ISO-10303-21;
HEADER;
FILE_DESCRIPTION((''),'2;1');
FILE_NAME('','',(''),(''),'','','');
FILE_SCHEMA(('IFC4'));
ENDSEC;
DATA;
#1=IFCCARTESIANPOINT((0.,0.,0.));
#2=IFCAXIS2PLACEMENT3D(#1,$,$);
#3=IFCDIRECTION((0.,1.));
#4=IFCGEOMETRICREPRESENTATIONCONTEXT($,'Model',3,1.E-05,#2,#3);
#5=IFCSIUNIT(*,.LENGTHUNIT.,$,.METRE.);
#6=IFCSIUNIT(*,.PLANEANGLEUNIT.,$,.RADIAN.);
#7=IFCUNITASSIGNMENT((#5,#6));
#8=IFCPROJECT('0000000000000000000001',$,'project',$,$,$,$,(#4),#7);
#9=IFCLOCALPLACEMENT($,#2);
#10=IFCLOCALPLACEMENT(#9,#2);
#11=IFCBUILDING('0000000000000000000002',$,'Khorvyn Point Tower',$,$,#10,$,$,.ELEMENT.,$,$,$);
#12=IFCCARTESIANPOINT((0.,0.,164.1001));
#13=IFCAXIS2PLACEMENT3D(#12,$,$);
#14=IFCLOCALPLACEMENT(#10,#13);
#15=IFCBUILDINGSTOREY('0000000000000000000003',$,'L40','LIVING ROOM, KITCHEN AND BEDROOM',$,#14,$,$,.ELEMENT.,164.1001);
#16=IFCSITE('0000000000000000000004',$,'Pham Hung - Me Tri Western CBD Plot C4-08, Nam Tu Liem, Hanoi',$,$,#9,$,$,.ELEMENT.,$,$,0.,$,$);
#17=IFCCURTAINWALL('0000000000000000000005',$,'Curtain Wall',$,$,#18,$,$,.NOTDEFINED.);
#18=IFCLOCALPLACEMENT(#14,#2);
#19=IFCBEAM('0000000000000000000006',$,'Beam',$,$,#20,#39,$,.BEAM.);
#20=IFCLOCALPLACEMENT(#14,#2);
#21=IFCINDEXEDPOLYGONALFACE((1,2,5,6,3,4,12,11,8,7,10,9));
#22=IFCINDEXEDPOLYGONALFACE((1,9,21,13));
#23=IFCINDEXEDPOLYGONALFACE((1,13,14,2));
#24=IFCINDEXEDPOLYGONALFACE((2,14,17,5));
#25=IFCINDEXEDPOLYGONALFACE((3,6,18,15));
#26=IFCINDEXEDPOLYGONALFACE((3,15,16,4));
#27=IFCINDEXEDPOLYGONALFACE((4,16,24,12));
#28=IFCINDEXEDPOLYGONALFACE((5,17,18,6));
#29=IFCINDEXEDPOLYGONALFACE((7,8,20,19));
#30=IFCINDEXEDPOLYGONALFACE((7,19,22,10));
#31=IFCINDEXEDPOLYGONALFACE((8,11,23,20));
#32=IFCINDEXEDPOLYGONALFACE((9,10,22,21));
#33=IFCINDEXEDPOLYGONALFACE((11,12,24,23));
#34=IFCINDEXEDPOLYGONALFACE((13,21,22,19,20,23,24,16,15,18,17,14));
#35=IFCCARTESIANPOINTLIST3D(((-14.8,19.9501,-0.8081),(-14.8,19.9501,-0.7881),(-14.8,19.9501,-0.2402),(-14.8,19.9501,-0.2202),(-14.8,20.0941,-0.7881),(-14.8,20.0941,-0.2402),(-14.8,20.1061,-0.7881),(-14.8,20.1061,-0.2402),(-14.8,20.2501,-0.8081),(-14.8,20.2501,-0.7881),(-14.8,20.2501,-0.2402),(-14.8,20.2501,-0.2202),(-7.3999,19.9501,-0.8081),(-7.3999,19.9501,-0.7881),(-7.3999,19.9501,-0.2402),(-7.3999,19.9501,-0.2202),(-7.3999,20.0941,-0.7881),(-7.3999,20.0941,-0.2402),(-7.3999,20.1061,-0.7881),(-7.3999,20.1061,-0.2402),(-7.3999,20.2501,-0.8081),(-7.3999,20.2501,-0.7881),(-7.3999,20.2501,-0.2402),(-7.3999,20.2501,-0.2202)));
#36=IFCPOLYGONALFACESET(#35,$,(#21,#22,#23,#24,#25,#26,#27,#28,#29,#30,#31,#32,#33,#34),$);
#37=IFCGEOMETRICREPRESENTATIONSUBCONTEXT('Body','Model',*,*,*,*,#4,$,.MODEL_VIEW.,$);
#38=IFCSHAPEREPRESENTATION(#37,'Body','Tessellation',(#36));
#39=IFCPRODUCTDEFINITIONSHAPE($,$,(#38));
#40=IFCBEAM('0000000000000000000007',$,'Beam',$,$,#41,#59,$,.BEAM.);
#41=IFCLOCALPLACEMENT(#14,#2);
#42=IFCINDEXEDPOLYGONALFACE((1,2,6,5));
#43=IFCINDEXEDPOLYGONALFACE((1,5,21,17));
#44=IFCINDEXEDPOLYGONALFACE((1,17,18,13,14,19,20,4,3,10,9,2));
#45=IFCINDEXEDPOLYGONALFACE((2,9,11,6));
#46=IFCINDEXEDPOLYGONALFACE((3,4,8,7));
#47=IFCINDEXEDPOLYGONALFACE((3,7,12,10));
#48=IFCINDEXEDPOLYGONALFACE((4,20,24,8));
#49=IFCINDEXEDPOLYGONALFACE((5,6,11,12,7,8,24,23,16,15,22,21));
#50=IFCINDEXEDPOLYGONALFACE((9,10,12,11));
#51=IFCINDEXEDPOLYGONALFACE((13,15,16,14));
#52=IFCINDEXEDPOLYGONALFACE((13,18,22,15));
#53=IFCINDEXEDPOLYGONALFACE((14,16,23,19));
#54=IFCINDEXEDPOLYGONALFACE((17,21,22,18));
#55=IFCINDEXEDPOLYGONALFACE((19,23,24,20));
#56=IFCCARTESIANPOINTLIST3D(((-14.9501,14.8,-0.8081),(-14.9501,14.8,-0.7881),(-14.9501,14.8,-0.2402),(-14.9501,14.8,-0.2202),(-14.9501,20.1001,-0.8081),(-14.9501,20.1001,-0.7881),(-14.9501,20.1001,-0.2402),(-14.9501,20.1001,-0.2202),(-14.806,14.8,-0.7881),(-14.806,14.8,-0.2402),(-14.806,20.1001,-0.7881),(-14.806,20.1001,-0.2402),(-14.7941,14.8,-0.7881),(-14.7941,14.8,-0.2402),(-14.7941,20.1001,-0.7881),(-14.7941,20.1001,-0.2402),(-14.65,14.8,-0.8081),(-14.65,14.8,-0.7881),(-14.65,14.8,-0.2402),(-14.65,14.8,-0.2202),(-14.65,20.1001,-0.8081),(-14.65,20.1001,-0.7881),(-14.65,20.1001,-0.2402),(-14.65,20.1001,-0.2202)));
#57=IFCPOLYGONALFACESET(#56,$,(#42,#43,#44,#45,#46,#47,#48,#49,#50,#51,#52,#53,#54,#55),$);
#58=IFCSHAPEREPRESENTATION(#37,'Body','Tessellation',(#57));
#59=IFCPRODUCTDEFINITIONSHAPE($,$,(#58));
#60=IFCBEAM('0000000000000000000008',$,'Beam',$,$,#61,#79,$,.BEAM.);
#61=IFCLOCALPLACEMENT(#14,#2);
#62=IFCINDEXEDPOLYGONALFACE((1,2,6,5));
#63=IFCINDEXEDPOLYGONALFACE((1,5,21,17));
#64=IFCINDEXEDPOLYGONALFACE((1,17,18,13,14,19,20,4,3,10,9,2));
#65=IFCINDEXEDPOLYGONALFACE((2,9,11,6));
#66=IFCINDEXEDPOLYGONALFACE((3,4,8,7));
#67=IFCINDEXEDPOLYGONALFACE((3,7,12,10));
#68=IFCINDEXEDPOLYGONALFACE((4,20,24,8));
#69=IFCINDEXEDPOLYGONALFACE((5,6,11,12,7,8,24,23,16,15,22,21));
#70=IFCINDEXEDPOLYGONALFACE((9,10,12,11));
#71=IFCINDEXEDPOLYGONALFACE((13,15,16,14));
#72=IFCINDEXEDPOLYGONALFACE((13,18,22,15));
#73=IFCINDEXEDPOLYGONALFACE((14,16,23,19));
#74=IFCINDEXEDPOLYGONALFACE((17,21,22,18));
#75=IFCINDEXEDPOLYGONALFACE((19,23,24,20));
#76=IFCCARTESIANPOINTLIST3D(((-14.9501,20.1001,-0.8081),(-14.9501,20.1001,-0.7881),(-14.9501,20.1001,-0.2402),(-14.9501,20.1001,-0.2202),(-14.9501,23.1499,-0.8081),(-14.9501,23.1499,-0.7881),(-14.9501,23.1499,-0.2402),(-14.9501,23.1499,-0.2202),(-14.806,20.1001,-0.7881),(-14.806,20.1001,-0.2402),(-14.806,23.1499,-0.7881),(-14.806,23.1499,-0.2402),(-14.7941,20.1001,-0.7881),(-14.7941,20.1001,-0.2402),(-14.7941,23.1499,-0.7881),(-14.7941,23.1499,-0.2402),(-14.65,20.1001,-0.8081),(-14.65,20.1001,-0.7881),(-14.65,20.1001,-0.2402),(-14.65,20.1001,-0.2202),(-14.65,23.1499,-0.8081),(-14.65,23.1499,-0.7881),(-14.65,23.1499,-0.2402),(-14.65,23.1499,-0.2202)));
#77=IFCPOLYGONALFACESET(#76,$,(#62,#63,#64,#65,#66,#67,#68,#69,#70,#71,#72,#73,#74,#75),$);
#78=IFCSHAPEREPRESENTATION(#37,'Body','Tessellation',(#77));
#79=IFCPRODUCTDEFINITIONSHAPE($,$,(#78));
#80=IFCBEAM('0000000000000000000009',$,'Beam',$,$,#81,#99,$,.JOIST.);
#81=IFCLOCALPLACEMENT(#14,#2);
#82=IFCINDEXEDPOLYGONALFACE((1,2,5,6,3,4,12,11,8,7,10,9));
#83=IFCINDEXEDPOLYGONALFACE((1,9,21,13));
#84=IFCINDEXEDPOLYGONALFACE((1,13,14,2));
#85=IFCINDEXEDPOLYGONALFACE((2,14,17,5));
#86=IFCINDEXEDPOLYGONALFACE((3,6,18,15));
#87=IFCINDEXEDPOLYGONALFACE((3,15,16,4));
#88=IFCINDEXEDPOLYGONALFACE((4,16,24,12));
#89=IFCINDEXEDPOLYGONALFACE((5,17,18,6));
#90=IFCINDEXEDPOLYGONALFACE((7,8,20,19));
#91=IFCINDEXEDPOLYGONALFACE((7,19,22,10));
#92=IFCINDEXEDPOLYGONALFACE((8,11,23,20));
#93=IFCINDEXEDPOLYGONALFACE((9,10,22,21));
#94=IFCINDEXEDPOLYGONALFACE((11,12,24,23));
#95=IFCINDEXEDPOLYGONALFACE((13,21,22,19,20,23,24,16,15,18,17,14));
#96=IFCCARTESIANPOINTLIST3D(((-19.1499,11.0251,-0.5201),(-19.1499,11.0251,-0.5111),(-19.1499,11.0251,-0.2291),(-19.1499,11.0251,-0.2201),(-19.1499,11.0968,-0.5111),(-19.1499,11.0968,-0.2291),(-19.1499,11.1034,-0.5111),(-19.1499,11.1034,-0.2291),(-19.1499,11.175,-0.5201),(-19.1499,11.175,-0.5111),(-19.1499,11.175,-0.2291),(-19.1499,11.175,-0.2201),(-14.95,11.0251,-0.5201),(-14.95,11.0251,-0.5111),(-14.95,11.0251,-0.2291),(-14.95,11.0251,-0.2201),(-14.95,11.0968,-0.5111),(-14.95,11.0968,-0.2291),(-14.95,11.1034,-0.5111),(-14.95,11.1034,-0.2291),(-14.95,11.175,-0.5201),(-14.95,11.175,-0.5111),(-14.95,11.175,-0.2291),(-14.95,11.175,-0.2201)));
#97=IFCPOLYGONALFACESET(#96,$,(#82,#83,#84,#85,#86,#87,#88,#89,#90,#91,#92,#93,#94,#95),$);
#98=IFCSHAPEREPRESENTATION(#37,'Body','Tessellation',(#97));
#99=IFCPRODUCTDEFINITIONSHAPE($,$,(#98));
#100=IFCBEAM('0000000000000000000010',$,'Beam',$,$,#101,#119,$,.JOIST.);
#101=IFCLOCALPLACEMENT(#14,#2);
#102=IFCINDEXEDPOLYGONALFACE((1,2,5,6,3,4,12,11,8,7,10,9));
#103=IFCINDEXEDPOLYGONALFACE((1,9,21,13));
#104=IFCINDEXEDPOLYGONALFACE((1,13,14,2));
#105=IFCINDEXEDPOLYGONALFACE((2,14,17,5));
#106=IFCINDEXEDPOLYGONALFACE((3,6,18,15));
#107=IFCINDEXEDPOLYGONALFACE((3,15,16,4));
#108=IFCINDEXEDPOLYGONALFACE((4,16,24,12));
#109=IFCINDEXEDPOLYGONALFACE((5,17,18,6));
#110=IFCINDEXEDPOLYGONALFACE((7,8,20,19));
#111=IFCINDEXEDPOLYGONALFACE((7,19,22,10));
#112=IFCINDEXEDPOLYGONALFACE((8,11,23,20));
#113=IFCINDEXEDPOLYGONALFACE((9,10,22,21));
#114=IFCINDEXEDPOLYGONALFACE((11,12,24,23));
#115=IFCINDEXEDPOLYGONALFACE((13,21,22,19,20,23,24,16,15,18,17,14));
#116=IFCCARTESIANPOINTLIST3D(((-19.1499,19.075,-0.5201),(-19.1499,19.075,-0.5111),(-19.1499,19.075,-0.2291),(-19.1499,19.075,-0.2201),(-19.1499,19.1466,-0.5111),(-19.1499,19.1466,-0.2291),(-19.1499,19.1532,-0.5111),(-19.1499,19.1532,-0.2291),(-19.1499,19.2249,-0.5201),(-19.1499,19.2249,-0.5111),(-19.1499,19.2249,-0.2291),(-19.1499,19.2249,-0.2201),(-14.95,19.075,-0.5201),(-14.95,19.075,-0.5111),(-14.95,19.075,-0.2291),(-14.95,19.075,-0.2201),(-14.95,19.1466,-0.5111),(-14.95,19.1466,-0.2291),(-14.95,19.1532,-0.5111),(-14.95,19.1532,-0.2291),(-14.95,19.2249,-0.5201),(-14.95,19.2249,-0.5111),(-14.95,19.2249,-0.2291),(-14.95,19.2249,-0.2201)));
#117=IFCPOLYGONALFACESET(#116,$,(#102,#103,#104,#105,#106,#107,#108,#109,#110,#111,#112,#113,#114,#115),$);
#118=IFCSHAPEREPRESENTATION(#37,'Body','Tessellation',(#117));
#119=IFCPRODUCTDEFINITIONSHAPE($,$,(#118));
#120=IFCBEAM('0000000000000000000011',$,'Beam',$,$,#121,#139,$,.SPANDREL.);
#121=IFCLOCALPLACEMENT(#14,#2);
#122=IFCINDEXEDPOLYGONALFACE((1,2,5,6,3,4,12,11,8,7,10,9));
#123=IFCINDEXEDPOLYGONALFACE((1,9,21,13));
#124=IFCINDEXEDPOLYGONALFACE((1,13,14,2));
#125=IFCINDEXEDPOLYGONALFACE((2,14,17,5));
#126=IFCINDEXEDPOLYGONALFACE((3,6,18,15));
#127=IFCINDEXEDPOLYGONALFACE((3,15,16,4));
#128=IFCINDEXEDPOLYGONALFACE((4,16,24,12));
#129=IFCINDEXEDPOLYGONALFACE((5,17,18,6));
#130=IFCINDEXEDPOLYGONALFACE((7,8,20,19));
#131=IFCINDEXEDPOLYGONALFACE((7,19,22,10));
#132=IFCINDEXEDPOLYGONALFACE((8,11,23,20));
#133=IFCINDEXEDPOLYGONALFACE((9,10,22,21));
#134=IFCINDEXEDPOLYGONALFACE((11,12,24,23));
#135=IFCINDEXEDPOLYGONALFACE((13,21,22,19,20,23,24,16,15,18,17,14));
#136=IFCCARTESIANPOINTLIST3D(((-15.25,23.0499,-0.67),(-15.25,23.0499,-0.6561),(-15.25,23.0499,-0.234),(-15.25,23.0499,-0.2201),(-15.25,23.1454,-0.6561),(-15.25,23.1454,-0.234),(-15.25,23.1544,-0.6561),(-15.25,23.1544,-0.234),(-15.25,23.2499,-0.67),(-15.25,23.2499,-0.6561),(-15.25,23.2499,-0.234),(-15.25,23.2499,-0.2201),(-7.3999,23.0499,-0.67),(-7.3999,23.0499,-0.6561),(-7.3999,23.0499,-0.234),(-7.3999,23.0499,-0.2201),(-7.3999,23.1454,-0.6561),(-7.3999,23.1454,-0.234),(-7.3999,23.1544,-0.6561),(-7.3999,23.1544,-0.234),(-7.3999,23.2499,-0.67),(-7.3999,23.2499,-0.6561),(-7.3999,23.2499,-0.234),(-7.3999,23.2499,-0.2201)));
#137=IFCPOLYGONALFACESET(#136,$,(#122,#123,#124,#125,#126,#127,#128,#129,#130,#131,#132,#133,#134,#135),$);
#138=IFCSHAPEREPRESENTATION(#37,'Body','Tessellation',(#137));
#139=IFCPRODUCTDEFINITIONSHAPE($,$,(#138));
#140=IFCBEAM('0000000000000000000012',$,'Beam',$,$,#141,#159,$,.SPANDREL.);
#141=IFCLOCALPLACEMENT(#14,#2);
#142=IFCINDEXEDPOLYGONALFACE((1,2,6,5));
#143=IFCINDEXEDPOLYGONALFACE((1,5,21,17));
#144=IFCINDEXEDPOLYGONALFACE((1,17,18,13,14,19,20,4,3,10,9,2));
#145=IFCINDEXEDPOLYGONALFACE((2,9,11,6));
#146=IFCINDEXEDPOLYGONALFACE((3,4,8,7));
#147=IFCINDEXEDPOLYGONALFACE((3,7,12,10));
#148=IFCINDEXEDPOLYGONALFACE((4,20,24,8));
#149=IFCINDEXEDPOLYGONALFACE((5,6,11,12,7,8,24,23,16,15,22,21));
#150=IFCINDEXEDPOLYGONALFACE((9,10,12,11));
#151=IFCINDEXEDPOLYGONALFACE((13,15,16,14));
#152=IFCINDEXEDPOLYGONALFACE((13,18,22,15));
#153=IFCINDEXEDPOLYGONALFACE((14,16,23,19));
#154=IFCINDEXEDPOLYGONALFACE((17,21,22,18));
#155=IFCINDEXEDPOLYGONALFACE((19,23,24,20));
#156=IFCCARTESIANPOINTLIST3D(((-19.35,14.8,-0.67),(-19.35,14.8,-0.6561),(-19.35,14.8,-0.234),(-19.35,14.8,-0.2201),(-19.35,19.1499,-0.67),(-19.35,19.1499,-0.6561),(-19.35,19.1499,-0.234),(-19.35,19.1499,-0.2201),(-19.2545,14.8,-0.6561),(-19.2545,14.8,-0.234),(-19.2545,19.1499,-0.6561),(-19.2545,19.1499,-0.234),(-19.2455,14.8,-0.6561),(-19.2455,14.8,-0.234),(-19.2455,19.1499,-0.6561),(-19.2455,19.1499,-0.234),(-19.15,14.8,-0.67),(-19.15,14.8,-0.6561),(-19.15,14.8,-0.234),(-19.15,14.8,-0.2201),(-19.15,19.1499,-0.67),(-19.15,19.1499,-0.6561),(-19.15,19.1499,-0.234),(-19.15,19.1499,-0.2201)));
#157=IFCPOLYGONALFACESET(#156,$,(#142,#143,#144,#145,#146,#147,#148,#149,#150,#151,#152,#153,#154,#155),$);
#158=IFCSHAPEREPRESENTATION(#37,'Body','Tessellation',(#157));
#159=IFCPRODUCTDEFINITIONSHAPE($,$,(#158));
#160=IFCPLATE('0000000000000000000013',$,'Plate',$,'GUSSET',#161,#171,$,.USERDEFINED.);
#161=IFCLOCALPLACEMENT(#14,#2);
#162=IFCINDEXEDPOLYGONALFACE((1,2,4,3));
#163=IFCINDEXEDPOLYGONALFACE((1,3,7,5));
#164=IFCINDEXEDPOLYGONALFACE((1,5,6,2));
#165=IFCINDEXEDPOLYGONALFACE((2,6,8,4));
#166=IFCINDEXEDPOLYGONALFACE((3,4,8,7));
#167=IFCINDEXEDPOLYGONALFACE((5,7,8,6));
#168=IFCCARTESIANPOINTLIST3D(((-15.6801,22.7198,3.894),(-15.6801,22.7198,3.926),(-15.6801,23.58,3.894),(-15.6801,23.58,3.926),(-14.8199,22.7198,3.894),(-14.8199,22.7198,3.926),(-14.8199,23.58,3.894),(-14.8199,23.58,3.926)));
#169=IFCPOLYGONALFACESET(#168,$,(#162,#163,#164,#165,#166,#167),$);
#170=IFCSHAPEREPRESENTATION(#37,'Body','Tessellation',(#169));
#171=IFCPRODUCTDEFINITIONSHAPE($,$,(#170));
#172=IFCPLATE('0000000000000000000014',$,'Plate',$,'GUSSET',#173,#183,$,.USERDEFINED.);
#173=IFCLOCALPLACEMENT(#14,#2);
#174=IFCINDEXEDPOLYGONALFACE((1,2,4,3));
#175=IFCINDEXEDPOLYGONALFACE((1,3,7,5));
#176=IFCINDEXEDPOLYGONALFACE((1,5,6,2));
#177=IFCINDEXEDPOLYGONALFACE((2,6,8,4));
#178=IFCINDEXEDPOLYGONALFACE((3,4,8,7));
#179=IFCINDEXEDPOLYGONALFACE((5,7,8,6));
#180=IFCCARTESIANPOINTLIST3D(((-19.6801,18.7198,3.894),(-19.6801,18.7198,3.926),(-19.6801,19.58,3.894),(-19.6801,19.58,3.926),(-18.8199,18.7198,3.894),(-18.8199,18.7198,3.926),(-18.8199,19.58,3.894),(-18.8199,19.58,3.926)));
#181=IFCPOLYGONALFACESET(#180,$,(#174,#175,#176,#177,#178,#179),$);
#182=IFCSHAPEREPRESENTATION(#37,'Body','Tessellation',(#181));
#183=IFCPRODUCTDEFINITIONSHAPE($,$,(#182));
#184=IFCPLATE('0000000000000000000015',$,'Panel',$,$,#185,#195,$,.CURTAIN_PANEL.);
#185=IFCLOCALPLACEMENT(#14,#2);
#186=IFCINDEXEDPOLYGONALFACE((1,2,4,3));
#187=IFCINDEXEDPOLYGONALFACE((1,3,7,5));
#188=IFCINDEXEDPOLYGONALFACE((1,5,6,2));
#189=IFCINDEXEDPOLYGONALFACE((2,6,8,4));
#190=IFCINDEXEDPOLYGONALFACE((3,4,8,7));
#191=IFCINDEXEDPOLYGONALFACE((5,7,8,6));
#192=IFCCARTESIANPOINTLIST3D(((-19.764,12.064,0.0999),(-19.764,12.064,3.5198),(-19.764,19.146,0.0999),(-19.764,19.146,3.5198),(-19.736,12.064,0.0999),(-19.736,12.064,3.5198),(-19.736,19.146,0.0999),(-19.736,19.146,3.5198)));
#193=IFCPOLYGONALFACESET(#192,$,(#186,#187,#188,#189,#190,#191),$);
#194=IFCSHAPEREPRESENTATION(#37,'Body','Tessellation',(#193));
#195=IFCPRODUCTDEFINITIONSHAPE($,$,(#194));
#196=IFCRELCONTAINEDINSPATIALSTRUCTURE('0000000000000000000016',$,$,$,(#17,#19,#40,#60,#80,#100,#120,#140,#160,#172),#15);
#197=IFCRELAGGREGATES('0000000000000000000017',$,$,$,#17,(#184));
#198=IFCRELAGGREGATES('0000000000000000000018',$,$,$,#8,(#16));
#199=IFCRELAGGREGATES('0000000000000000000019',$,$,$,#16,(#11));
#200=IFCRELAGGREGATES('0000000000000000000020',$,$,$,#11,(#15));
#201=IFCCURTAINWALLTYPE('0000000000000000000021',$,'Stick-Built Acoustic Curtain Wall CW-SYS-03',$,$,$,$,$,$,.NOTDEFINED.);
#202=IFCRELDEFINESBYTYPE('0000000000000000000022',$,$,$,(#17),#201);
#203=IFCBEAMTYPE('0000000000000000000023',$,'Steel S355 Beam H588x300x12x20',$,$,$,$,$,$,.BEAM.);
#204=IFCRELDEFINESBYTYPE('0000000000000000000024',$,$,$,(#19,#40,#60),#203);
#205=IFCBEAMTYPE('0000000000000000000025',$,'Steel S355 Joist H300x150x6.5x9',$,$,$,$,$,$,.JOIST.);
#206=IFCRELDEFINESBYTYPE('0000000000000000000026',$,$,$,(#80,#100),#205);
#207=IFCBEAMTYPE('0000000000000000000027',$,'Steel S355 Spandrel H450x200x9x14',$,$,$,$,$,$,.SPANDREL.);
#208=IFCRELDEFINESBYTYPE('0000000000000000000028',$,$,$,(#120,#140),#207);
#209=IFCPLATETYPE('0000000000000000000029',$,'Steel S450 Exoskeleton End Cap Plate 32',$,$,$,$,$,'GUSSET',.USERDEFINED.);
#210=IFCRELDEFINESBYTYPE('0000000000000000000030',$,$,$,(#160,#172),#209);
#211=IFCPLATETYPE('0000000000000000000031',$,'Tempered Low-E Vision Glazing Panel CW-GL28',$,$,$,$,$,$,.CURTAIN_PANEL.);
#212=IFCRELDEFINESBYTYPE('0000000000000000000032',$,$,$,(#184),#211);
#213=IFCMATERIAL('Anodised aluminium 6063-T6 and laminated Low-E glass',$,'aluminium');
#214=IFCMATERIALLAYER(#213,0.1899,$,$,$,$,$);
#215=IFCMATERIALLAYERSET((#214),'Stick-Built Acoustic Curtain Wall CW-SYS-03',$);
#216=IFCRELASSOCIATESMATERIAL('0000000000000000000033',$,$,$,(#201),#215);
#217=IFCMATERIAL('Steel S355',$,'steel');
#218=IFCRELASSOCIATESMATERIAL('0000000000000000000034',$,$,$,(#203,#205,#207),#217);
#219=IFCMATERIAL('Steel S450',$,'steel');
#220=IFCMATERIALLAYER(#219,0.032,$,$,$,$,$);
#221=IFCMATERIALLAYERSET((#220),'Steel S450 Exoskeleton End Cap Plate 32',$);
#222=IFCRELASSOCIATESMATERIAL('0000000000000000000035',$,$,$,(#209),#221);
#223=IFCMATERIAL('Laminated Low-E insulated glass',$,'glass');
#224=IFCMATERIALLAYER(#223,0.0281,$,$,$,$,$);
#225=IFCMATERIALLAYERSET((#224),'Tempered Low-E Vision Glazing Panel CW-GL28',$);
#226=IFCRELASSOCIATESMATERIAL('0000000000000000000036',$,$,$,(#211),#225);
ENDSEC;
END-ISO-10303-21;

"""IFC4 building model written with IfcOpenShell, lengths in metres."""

from ifc_helpers import new_model, si_unit, direction, frame, origin, origin_2d, place, context, subcontext, project, spatial, rectangle, i_section, extrude, material, layer, layer_set, material_profile, profile_set, type_object, element, aggregate, save


model = new_model("IFC4")

# Units and contexts
model_context = context("Model", 3, precision=1e-05, world=origin(), true_north=direction((0.0, 1.0)))
body_context = subcontext(model_context, "Body", "Model", "MODEL_VIEW")
ifc_project = project(units=[si_unit("LENGTHUNIT", "METRE"), si_unit("PLANEANGLEUNIT", "RADIAN")], contexts=[model_context])

# Site, building, storey
site_placement = place(None, origin())
site = spatial("IfcSite", under=ifc_project, at=site_placement, Name="Pham Hung - Me Tri Western CBD Plot C4-08, Nam Tu Liem, Hanoi", CompositionType="ELEMENT", RefElevation=0.0)
building_placement = place(site_placement, origin())
building = spatial("IfcBuilding", under=site, at=building_placement, Name="Khorvyn Point Tower", CompositionType="ELEMENT")
storey_placement = place(building_placement, frame((0.0, 0.0, 164.1001)))
storey = spatial("IfcBuildingStorey", under=building, at=storey_placement, Name="L40", Description="LIVING ROOM, KITCHEN AND BEDROOM", CompositionType="ELEMENT", Elevation=164.1001)

# Shared definitions
ifc_material_1 = material(Name="Steel S450", Category="steel")

# Curtain wall
ifc_material_2 = material(Name="Anodised aluminium 6063-T6 and laminated Low-E glass", Category="aluminium")
ifc_layer_1 = layer(ifc_material_2, 0.1899)
ifc_layer_set_1 = layer_set([ifc_layer_1], Name="Stick-Built Acoustic Curtain Wall CW-SYS-03")
curtain_wall_type = type_object("IfcCurtainWallType", Name="Stick-Built Acoustic Curtain Wall CW-SYS-03", PredefinedType="NOTDEFINED", material=ifc_layer_set_1)
curtain_wall_1_placement = place(storey_placement, origin())
curtain_wall_1 = element("IfcCurtainWall", 1, at=curtain_wall_1_placement, inside=storey, type_object=curtain_wall_type, Name="Curtain Wall", PredefinedType="NOTDEFINED")

# Beams
ifc_material_3 = material(Name="Steel S355", Category="steel")
ifc_material_profile_1 = material_profile(ifc_material_3, i_section(OverallWidth=0.3, OverallDepth=0.5879, WebThickness=0.012, FlangeThickness=0.02, at=origin_2d()))
ifc_profile_set_1 = profile_set([ifc_material_profile_1], Name="Steel S355 H588x300x12x20")
beam_type_1 = type_object("IfcBeamType", Name="Steel S355 Beam H588x300x12x20", PredefinedType="BEAM", material=ifc_profile_set_1)
for number, where, z_axis, x_axis, name in (
    (2, (-14.8, 20.1001, -0.5142), (1.0, 0.0, 0.0), (0.0, 1.0, 0.0), "Beam"),
):
    element("IfcBeam", number, at=place(storey_placement, frame(where, z_axis=z_axis, x_axis=x_axis)), inside=storey, type_object=beam_type_1, Name=name, PredefinedType="BEAM", context=body_context, shape_type="SweptSolid", body=[
        extrude(i_section(OverallWidth=0.3, OverallDepth=0.5879, WebThickness=0.012, FlangeThickness=0.02, at=origin_2d()), origin(), (0.0, 0.0, 1.0), 7.4001),
    ])
beam_1_placement = place(storey_placement, frame((-14.8, 14.8, -0.5142), z_axis=(0.0, 1.0, 0.0), x_axis=(-1.0, 0.0, 0.0)))
element("IfcBeam", 3, at=beam_1_placement, inside=storey, type_object=beam_type_1, Name="Beam", PredefinedType="BEAM", context=body_context, shape_type="SweptSolid", body=[
    extrude(i_section(OverallWidth=0.3, OverallDepth=0.5879, WebThickness=0.012, FlangeThickness=0.02, at=origin_2d()), origin(), (0.0, 0.0, 1.0), 5.3),
])
beam_2_placement = place(storey_placement, frame((-14.8, 20.1001, -0.5142), z_axis=(0.0, 1.0, 0.0), x_axis=(-1.0, 0.0, 0.0)))
element("IfcBeam", 4, at=beam_2_placement, inside=storey, type_object=beam_type_1, Name="Beam", PredefinedType="BEAM", context=body_context, shape_type="SweptSolid", body=[
    extrude(i_section(OverallWidth=0.3, OverallDepth=0.5879, WebThickness=0.012, FlangeThickness=0.02, at=origin_2d()), origin(), (0.0, 0.0, 1.0), 3.0498),
])
ifc_material_profile_2 = material_profile(ifc_material_3, i_section(OverallWidth=0.1499, OverallDepth=0.3, WebThickness=0.0066, FlangeThickness=0.009, at=origin_2d()))
ifc_profile_set_2 = profile_set([ifc_material_profile_2], Name="Steel S355 H300x150x6.5x9")
beam_type_2 = type_object("IfcBeamType", Name="Steel S355 Joist H300x150x6.5x9", PredefinedType="JOIST", material=ifc_profile_set_2)
for number, where, z_axis, x_axis, name in (
    (5, (-19.1499, 11.1001, -0.3701), (1.0, 0.0, 0.0), (0.0, 1.0, 0.0), "Beam"),
    (6, (-19.1499, 19.1499, -0.3701), (1.0, 0.0, 0.0), (0.0, 1.0, 0.0), "Beam"),
):
    element("IfcBeam", number, at=place(storey_placement, frame(where, z_axis=z_axis, x_axis=x_axis)), inside=storey, type_object=beam_type_2, Name=name, PredefinedType="JOIST", context=body_context, shape_type="SweptSolid", body=[
        extrude(i_section(OverallWidth=0.1499, OverallDepth=0.3, WebThickness=0.0066, FlangeThickness=0.009, at=origin_2d()), origin(), (0.0, 0.0, 1.0), 4.2),
    ])
ifc_material_profile_3 = material_profile(ifc_material_3, i_section(OverallWidth=0.2, OverallDepth=0.45, WebThickness=0.009, FlangeThickness=0.0139, at=origin_2d()))
ifc_profile_set_3 = profile_set([ifc_material_profile_3], Name="Steel S355 H450x200x9x14")
beam_type_3 = type_object("IfcBeamType", Name="Steel S355 Spandrel H450x200x9x14", PredefinedType="SPANDREL", material=ifc_profile_set_3)
beam_3_placement = place(storey_placement, frame((-15.25, 23.1499, -0.4451), z_axis=(1.0, 0.0, 0.0), x_axis=(0.0, 1.0, 0.0)))
element("IfcBeam", 7, at=beam_3_placement, inside=storey, type_object=beam_type_3, Name="Beam", PredefinedType="SPANDREL", context=body_context, shape_type="SweptSolid", body=[
    extrude(i_section(OverallWidth=0.2, OverallDepth=0.45, WebThickness=0.009, FlangeThickness=0.0139, at=origin_2d()), origin(), (0.0, 0.0, 1.0), 7.8501),
])
beam_4_placement = place(storey_placement, frame((-19.25, 14.8, -0.4451), z_axis=(0.0, 1.0, 0.0), x_axis=(-1.0, 0.0, 0.0)))
element("IfcBeam", 8, at=beam_4_placement, inside=storey, type_object=beam_type_3, Name="Beam", PredefinedType="SPANDREL", context=body_context, shape_type="SweptSolid", body=[
    extrude(i_section(OverallWidth=0.2, OverallDepth=0.45, WebThickness=0.009, FlangeThickness=0.0139, at=origin_2d()), origin(), (0.0, 0.0, 1.0), 4.3499),
])

# Plates
ifc_layer_2 = layer(ifc_material_1, 0.032)
ifc_layer_set_2 = layer_set([ifc_layer_2], Name="Steel S450 Exoskeleton End Cap Plate 32")
plate_type_1 = type_object("IfcPlateType", Name="Steel S450 Exoskeleton End Cap Plate 32", ElementType="GUSSET", PredefinedType="USERDEFINED", material=ifc_layer_set_2)
for number, where, z_axis, x_axis, name in (
    (9, (-15.25, 23.1499, 3.894), (0.0, 0.0, 1.0), (1.0, 0.0, 0.0), "Plate"),
    (10, (-19.25, 19.1499, 3.894), (0.0, 0.0, 1.0), (1.0, 0.0, 0.0), "Plate"),
):
    element("IfcPlate", number, at=place(storey_placement, frame(where, z_axis=z_axis, x_axis=x_axis)), inside=storey, type_object=plate_type_1, Name=name, ObjectType="GUSSET", PredefinedType="USERDEFINED", context=body_context, shape_type="SweptSolid", body=[
        extrude(rectangle(XDim=0.8601, YDim=0.8601, at=origin_2d()), origin(), (0.0, 0.0, 1.0), 0.032),
    ])

# Plate
ifc_material_4 = material(Name="Laminated Low-E insulated glass", Category="glass")
ifc_layer_3 = layer(ifc_material_4, 0.0281)
ifc_layer_set_3 = layer_set([ifc_layer_3], Name="Tempered Low-E Vision Glazing Panel CW-GL28")
plate_type_2 = type_object("IfcPlateType", Name="Tempered Low-E Vision Glazing Panel CW-GL28", PredefinedType="CURTAIN_PANEL", material=ifc_layer_set_3)
plate_placement = place(storey_placement, frame((-19.75, 15.605, 0.0999), z_axis=(0.0, 0.0, 1.0), x_axis=(0.0, 1.0, 0.0)))
plate = element("IfcPlate", 11, at=plate_placement, type_object=plate_type_2, Name="Panel", PredefinedType="CURTAIN_PANEL", context=body_context, shape_type="SweptSolid", body=[
    extrude(rectangle(XDim=7.082, YDim=0.0281, at=origin_2d()), origin(), (0.0, 0.0, 1.0), 3.4199),
])
aggregate(curtain_wall_1, [plate])

save(model, "model.ifc")
